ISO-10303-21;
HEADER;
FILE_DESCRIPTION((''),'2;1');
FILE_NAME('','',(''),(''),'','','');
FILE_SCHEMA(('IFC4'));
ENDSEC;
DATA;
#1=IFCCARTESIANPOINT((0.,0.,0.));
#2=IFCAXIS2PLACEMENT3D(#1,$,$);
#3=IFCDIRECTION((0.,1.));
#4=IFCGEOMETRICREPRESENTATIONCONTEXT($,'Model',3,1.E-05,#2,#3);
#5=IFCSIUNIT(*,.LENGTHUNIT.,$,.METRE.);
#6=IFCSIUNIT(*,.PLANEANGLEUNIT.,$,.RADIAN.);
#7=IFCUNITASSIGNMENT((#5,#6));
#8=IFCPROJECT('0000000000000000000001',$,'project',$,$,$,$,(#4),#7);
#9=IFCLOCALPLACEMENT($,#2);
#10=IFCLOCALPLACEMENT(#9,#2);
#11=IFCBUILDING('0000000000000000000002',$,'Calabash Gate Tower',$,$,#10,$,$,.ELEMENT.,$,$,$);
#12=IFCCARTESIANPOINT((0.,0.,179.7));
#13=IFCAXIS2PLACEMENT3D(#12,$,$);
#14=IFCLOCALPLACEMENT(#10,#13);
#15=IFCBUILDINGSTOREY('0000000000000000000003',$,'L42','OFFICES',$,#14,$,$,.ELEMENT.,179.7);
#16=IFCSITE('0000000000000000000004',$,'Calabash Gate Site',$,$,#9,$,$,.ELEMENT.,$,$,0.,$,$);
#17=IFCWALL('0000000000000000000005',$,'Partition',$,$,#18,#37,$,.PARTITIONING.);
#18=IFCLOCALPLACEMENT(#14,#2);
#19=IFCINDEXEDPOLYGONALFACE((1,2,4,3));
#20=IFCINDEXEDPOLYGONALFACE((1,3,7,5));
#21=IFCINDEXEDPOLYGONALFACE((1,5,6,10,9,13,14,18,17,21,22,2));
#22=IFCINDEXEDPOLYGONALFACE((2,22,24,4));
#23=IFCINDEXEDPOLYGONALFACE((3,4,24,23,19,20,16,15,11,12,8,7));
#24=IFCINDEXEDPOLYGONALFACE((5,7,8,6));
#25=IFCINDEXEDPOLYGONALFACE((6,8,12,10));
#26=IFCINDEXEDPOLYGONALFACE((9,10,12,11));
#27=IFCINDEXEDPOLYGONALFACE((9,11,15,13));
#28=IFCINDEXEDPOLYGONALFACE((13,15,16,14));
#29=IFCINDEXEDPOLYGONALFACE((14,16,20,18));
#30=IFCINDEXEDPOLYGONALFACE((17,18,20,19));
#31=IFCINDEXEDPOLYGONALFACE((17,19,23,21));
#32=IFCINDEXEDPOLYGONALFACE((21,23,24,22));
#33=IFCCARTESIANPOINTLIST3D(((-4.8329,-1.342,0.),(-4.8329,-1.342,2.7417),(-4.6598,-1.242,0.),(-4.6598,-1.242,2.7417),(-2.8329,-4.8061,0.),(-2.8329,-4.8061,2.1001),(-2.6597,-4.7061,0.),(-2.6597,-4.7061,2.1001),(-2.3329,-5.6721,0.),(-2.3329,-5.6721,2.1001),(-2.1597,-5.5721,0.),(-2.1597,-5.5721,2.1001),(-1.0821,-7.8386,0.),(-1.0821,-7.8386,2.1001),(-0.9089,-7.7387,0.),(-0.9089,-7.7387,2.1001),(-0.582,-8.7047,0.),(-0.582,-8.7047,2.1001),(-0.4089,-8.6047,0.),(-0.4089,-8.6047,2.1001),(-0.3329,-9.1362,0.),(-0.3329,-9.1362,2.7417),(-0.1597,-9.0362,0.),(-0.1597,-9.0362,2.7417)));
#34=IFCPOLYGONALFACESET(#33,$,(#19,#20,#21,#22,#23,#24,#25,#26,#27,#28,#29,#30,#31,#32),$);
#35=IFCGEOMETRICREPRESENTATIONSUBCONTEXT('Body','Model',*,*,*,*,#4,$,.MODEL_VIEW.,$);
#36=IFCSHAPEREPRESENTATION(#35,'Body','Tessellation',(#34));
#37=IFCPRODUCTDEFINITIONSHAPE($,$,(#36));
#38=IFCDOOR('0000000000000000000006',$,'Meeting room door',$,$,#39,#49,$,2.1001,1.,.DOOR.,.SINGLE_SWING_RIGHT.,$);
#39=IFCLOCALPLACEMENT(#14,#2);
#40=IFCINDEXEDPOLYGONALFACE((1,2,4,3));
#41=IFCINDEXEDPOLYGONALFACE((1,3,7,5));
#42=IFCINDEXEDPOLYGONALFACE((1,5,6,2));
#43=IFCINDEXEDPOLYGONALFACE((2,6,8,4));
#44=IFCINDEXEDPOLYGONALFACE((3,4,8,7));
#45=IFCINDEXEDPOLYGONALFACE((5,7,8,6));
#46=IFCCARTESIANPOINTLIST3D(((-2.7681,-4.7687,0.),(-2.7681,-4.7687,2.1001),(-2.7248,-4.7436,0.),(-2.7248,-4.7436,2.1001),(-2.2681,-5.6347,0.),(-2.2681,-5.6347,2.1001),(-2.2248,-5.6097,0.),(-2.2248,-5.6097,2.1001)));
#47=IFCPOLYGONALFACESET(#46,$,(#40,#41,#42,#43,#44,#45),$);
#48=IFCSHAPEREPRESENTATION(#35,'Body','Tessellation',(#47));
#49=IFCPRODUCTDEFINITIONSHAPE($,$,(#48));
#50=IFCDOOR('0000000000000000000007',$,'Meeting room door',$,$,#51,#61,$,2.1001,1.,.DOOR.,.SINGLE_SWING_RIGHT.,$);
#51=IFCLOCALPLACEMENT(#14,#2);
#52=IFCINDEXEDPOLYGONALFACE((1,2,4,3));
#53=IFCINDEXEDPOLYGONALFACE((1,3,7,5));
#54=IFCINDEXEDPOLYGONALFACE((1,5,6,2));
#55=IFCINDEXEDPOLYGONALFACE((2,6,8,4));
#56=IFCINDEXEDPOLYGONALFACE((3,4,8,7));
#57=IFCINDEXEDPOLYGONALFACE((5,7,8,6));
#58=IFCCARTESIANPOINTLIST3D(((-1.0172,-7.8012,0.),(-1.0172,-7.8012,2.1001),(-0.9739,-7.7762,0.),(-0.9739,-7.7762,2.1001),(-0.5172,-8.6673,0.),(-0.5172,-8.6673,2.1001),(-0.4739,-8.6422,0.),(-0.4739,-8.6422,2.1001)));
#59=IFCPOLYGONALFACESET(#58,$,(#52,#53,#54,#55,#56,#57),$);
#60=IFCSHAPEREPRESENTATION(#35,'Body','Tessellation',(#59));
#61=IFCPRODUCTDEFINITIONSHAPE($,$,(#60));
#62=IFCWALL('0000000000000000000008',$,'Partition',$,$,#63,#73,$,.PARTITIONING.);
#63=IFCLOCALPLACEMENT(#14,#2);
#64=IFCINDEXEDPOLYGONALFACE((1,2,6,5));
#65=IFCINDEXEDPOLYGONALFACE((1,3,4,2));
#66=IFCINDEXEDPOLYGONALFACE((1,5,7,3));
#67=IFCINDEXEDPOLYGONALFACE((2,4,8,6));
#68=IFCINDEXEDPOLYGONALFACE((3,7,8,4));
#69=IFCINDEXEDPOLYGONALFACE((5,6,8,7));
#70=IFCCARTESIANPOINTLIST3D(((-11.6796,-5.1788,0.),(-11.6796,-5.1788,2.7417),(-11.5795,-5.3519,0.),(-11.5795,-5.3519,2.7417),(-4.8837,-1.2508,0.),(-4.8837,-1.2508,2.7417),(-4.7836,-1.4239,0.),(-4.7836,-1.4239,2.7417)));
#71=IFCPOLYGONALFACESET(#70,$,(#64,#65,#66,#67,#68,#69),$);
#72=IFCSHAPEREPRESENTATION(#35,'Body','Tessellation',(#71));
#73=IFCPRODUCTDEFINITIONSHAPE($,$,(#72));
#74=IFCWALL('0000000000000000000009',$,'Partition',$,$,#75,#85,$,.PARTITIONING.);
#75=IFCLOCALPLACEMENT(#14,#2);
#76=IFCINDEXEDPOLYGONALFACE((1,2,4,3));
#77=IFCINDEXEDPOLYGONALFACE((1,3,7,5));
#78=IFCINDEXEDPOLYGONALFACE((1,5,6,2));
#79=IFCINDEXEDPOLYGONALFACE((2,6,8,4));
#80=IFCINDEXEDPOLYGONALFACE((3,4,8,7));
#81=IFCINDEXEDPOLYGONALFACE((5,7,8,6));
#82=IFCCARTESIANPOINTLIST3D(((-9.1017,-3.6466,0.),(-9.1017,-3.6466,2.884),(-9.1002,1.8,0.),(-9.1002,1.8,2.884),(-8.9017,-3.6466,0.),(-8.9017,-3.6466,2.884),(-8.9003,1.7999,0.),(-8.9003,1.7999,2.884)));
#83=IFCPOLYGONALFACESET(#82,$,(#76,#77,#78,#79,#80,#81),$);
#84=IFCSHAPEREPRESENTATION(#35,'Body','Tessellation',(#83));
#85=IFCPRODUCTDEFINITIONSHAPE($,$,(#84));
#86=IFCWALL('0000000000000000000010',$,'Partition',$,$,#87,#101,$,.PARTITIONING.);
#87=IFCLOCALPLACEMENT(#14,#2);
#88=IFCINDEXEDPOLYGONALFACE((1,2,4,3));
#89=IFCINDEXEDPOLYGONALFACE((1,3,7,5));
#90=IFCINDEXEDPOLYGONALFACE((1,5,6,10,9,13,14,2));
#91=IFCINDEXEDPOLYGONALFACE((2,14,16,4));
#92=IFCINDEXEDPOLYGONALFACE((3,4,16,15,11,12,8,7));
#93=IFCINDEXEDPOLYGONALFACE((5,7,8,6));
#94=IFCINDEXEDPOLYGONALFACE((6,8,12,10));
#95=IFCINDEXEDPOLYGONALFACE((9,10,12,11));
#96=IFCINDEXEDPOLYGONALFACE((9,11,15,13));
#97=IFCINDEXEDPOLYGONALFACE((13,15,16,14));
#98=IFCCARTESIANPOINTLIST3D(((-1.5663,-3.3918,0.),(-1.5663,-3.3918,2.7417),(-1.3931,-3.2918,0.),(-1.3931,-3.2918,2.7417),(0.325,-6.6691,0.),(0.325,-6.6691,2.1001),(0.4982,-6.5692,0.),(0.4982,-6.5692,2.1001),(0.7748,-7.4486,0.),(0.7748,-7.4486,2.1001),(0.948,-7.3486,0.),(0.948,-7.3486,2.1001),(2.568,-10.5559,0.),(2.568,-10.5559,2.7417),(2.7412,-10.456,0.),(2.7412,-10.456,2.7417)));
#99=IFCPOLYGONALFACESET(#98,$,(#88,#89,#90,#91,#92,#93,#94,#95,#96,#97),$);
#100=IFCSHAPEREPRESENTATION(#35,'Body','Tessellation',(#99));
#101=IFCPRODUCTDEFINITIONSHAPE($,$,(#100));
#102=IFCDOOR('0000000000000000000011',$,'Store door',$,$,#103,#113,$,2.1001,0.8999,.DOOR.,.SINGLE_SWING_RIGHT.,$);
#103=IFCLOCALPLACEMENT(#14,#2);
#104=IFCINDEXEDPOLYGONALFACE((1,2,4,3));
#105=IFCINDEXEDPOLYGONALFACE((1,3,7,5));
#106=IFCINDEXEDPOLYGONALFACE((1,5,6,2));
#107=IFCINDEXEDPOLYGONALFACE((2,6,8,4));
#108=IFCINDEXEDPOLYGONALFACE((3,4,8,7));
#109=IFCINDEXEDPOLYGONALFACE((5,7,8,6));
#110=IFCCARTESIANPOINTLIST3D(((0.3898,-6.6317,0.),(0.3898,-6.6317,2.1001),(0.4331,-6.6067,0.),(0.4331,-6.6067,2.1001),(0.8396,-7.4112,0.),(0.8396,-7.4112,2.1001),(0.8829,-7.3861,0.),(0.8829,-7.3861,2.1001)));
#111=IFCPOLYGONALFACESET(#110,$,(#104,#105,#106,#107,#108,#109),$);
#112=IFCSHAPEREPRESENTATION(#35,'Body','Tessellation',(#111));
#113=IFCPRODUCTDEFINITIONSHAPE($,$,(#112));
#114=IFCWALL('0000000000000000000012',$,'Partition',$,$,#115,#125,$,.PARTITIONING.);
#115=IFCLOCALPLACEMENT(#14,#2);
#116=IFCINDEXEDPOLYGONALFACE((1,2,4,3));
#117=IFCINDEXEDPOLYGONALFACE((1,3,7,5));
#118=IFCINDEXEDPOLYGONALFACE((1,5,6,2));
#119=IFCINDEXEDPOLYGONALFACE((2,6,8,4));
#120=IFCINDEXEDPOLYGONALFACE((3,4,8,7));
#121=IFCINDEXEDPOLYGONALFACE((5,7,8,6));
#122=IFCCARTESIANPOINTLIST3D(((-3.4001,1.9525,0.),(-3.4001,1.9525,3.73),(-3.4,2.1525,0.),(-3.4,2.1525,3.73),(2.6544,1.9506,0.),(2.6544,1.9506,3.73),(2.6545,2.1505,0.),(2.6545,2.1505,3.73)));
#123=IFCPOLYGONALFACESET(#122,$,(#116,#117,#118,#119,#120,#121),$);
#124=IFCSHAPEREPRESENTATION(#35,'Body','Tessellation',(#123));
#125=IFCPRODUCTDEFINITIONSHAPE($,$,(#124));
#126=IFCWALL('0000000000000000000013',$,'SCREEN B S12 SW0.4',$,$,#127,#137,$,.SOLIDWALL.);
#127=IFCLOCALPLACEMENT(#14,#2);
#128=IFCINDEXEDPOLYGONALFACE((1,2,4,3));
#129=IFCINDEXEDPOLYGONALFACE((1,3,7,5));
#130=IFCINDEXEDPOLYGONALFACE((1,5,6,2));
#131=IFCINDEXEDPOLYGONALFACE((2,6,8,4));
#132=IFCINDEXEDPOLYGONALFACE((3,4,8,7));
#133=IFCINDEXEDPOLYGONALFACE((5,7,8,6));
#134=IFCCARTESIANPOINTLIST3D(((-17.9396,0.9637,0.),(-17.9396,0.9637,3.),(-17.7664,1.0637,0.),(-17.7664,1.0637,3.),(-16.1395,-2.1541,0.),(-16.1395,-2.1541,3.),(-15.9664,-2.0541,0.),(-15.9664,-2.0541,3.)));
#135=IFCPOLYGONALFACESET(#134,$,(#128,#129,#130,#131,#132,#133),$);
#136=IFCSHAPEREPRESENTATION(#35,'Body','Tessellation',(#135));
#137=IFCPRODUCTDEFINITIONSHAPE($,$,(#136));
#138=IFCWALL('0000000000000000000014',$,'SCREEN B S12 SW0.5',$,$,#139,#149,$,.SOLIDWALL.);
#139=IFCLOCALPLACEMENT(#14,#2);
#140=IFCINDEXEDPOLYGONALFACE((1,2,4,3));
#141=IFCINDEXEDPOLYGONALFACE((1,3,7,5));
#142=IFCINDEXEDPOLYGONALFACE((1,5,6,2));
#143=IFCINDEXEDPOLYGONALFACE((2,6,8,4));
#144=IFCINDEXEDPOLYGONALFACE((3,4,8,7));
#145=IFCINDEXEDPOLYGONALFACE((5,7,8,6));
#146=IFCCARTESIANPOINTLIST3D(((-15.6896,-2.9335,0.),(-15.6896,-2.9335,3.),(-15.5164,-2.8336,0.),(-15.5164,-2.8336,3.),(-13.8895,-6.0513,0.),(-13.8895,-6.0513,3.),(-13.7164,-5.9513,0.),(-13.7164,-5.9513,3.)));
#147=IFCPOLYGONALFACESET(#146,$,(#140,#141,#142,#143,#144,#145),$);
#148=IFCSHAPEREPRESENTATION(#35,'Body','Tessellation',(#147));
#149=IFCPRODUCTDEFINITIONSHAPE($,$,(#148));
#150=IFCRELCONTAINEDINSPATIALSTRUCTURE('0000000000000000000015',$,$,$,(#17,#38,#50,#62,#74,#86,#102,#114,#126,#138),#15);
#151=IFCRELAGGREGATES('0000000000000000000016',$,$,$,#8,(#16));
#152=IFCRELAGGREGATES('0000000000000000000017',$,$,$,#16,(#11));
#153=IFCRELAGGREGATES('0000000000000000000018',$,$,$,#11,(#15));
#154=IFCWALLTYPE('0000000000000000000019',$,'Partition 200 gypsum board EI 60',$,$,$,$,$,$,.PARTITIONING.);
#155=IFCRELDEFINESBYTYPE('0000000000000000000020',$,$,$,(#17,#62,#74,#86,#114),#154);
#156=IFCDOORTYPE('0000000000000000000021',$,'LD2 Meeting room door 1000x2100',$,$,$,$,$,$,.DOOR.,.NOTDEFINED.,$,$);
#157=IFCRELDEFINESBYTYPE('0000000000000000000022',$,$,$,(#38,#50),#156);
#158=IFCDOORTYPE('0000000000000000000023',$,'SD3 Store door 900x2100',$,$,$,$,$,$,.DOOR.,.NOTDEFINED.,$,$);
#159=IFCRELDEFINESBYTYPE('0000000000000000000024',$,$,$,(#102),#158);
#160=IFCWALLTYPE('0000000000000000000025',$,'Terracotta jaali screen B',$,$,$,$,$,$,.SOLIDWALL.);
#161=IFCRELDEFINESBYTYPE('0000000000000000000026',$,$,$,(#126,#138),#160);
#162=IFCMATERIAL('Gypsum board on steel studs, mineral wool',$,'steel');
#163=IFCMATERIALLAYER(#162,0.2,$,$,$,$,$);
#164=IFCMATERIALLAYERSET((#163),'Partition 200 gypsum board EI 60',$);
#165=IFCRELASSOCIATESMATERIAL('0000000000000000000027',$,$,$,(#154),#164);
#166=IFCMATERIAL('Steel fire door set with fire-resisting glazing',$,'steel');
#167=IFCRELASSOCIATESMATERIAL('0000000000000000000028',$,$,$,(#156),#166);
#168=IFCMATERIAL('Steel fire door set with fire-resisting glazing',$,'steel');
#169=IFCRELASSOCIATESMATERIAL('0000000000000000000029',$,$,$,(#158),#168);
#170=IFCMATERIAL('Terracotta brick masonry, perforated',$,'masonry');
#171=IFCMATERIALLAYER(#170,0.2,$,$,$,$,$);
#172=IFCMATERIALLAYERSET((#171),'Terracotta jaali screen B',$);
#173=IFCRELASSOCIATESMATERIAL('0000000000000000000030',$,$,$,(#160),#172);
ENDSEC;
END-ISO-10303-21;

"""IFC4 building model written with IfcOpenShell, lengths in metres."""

from ifc_helpers import new_model, si_unit, direction, frame, frame_2d, origin, place, context, subcontext, project, spatial, rectangle, extrude, material, layer, layer_set, type_object, element, fill, save


model = new_model("IFC4")

# Units and contexts
model_context = context("Model", 3, precision=1e-05, world=origin(), true_north=direction((0.0, 1.0)))
body_context = subcontext(model_context, "Body", "Model", "MODEL_VIEW")
ifc_project = project(units=[si_unit("LENGTHUNIT", "METRE"), si_unit("PLANEANGLEUNIT", "RADIAN")], contexts=[model_context])

# Site, building, storey
site_placement = place(None, origin())
site = spatial("IfcSite", under=ifc_project, at=site_placement, Name="Calabash Gate Site", CompositionType="ELEMENT", RefElevation=0.0)
building_placement = place(site_placement, origin())
building = spatial("IfcBuilding", under=site, at=building_placement, Name="Calabash Gate Tower", CompositionType="ELEMENT")
storey_placement = place(building_placement, frame((0.0, 0.0, 179.7)))
storey = spatial("IfcBuildingStorey", under=building, at=storey_placement, Name="L42", Description="OFFICES", CompositionType="ELEMENT", Elevation=179.7)

# Wall, openings, doors
ifc_material_1 = material(Name="Gypsum board on steel studs, mineral wool", Category="steel")
ifc_layer_1 = layer(ifc_material_1, 0.2)
ifc_layer_set_1 = layer_set([ifc_layer_1], Name="Partition 200 gypsum board EI 60")
wall_type_1 = type_object("IfcWallType", Name="Partition 200 gypsum board EI 60", PredefinedType="PARTITIONING", material=ifc_layer_set_1)
wall_1_placement = place(storey_placement, frame((-4.7463, -1.292, 0.0), z_axis=(0.0, 0.0, 1.0), x_axis=(0.500002, -0.866024, 0.0)))
wall_1 = element("IfcWall", 1, at=wall_1_placement, inside=storey, type_object=wall_type_1, Name="Partition", PredefinedType="PARTITIONING", context=body_context, shape_type="SweptSolid", body=[
    extrude(rectangle(XDim=9.0, YDim=0.2, at=frame_2d((4.5, 0.0))), origin(), (0.0, 0.0, 1.0), 2.7417),
])
opening_1_placement = place(wall_1_placement, frame((4.0, 0.0, 0.0)))
opening_1 = element("IfcOpeningElement", 2, at=opening_1_placement, cuts=wall_1, PredefinedType="OPENING", context=body_context, shape_type="SweptSolid", body=[
    extrude(rectangle(XDim=1.0, YDim=2.1001, at=frame_2d((0.5, 1.05))), frame((0.0, 0.1099, 0.0), z_axis=(0.0, -1.0, 0.0), x_axis=(1.0, 0.0, 0.0)), (0.0, 0.0, 1.0), 0.22),
])
opening_2_placement = place(wall_1_placement, frame((7.5017, 0.0, 0.0)))
opening_2 = element("IfcOpeningElement", 3, at=opening_2_placement, cuts=wall_1, PredefinedType="OPENING", context=body_context, shape_type="SweptSolid", body=[
    extrude(rectangle(XDim=1.0, YDim=2.1001, at=frame_2d((0.5, 1.05))), frame((0.0, 0.1099, 0.0), z_axis=(0.0, -1.0, 0.0), x_axis=(1.0, 0.0, 0.0)), (0.0, 0.0, 1.0), 0.22),
])
ifc_material_2 = material(Name="Steel fire door set with fire-resisting glazing", Category="steel")
door_type_1 = type_object("IfcDoorType", Name="LD2 Meeting room door 1000x2100", OperationType="NOTDEFINED", PredefinedType="DOOR", material=ifc_material_2)
door_1_placement = place(opening_1_placement, origin())
door_1 = element("IfcDoor", 4, at=door_1_placement, inside=storey, type_object=door_type_1, Name="Meeting room door", OperationType="SINGLE_SWING_RIGHT", OverallHeight=2.1001, OverallWidth=1.0, PredefinedType="DOOR", context=body_context, shape_type="SweptSolid", body=[
    extrude(rectangle(XDim=1.0, YDim=2.1001, at=frame_2d((0.5, 1.05))), frame((0.0, 0.0249, 0.0), z_axis=(0.0, -1.0, 0.0), x_axis=(1.0, 0.0, 0.0)), (0.0, 0.0, 1.0), 0.05),
])
fill(opening_1, door_1)
door_2_placement = place(opening_2_placement, origin())
door_2 = element("IfcDoor", 5, at=door_2_placement, inside=storey, type_object=door_type_1, Name="Meeting room door", OperationType="SINGLE_SWING_RIGHT", OverallHeight=2.1001, OverallWidth=1.0, PredefinedType="DOOR", context=body_context, shape_type="SweptSolid", body=[
    extrude(rectangle(XDim=1.0, YDim=2.1001, at=frame_2d((0.5, 1.05))), frame((0.0, 0.0249, 0.0), z_axis=(0.0, -1.0, 0.0), x_axis=(1.0, 0.0, 0.0)), (0.0, 0.0, 1.0), 0.05),
])
fill(opening_2, door_2)

# Walls
wall_2_placement = place(storey_placement, frame((-11.6296, -5.2654, 0.0), z_axis=(0.0, 0.0, 1.0), x_axis=(0.865785, 0.500417, 0.0)))
element("IfcWall", 6, at=wall_2_placement, inside=storey, type_object=wall_type_1, Name="Partition", PredefinedType="PARTITIONING", context=body_context, shape_type="SweptSolid", body=[
    extrude(rectangle(XDim=7.8494, YDim=0.2, at=frame_2d((3.9248, 0.0))), origin(), (0.0, 0.0, 1.0), 2.7417),
])
wall_3_placement = place(storey_placement, frame((-9.0017, -3.6465, 0.0), z_axis=(0.0, 0.0, 1.0), x_axis=(0.000269, 1.0, 0.0)))
element("IfcWall", 7, at=wall_3_placement, inside=storey, type_object=wall_type_1, Name="Partition", PredefinedType="PARTITIONING", context=body_context, shape_type="SweptSolid", body=[
    extrude(rectangle(XDim=5.4465, YDim=0.2, at=frame_2d((2.7231, 0.0))), origin(), (0.0, 0.0, 1.0), 2.884),
])

# Wall, opening, door
wall_4_placement = place(storey_placement, frame((-1.4797, -3.3418, 0.0), z_axis=(0.0, 0.0, 1.0), x_axis=(0.499828, -0.866125, 0.0)))
wall_4 = element("IfcWall", 8, at=wall_4_placement, inside=storey, type_object=wall_type_1, Name="Partition", PredefinedType="PARTITIONING", context=body_context, shape_type="SweptSolid", body=[
    extrude(rectangle(XDim=8.2715, YDim=0.2, at=frame_2d((4.1357, 0.0))), origin(), (0.0, 0.0, 1.0), 2.7417),
])
opening_3_placement = place(wall_4_placement, frame((3.7839, 0.0, 0.0)))
opening_3 = element("IfcOpeningElement", 9, at=opening_3_placement, cuts=wall_4, PredefinedType="OPENING", context=body_context, shape_type="SweptSolid", body=[
    extrude(rectangle(XDim=0.8999, YDim=2.1001, at=frame_2d((0.45, 1.05))), frame((0.0, 0.1099, 0.0), z_axis=(0.0, -1.0, 0.0), x_axis=(1.0, 0.0, 0.0)), (0.0, 0.0, 1.0), 0.22),
])
ifc_material_3 = material(Name="Steel fire door set with fire-resisting glazing", Category="steel")
door_type_2 = type_object("IfcDoorType", Name="SD3 Store door 900x2100", OperationType="NOTDEFINED", PredefinedType="DOOR", material=ifc_material_3)
door_3_placement = place(opening_3_placement, origin())
door_3 = element("IfcDoor", 10, at=door_3_placement, inside=storey, type_object=door_type_2, Name="Store door", OperationType="SINGLE_SWING_RIGHT", OverallHeight=2.1001, OverallWidth=0.8999, PredefinedType="DOOR", context=body_context, shape_type="SweptSolid", body=[
    extrude(rectangle(XDim=0.8999, YDim=2.1001, at=frame_2d((0.45, 1.05))), frame((0.0, 0.0249, 0.0), z_axis=(0.0, -1.0, 0.0), x_axis=(1.0, 0.0, 0.0)), (0.0, 0.0, 1.0), 0.05),
])
fill(opening_3, door_3)

# Walls
wall_5_placement = place(storey_placement, frame((-3.4001, 2.0525, 0.0), z_axis=(0.0, 0.0, 1.0), x_axis=(1.0, -0.000323, 0.0)))
element("IfcWall", 11, at=wall_5_placement, inside=storey, type_object=wall_type_1, Name="Partition", PredefinedType="PARTITIONING", context=body_context, shape_type="SweptSolid", body=[
    extrude(rectangle(XDim=6.0544, YDim=0.2, at=frame_2d((3.0273, 0.0))), origin(), (0.0, 0.0, 1.0), 3.73),
])
ifc_material_4 = material(Name="Terracotta brick masonry, perforated", Category="masonry")
ifc_layer_2 = layer(ifc_material_4, 0.2)
ifc_layer_set_2 = layer_set([ifc_layer_2], Name="Terracotta jaali screen B")
wall_type_2 = type_object("IfcWallType", Name="Terracotta jaali screen B", PredefinedType="SOLIDWALL", material=ifc_layer_set_2)
for number, where, z_axis, x_axis, name in (
    (12, (-17.853, 1.0137, 0.0), (0.0, 0.0, 1.0), (0.500012, -0.866018, 0.0), "SCREEN B S12 SW0.4"),
    (13, (-15.603, -2.8835, 0.0), (0.0, 0.0, 1.0), (0.500012, -0.866018, 0.0), "SCREEN B S12 SW0.5"),
):
    element("IfcWall", number, at=place(storey_placement, frame(where, z_axis=z_axis, x_axis=x_axis)), inside=storey, type_object=wall_type_2, Name=name, PredefinedType="SOLIDWALL", context=body_context, shape_type="SweptSolid", body=[
        extrude(rectangle(XDim=3.6001, YDim=0.2, at=frame_2d((1.8, 0.0))), origin(), (0.0, 0.0, 1.0), 3.0),
    ])

save(model, "model.ifc")
